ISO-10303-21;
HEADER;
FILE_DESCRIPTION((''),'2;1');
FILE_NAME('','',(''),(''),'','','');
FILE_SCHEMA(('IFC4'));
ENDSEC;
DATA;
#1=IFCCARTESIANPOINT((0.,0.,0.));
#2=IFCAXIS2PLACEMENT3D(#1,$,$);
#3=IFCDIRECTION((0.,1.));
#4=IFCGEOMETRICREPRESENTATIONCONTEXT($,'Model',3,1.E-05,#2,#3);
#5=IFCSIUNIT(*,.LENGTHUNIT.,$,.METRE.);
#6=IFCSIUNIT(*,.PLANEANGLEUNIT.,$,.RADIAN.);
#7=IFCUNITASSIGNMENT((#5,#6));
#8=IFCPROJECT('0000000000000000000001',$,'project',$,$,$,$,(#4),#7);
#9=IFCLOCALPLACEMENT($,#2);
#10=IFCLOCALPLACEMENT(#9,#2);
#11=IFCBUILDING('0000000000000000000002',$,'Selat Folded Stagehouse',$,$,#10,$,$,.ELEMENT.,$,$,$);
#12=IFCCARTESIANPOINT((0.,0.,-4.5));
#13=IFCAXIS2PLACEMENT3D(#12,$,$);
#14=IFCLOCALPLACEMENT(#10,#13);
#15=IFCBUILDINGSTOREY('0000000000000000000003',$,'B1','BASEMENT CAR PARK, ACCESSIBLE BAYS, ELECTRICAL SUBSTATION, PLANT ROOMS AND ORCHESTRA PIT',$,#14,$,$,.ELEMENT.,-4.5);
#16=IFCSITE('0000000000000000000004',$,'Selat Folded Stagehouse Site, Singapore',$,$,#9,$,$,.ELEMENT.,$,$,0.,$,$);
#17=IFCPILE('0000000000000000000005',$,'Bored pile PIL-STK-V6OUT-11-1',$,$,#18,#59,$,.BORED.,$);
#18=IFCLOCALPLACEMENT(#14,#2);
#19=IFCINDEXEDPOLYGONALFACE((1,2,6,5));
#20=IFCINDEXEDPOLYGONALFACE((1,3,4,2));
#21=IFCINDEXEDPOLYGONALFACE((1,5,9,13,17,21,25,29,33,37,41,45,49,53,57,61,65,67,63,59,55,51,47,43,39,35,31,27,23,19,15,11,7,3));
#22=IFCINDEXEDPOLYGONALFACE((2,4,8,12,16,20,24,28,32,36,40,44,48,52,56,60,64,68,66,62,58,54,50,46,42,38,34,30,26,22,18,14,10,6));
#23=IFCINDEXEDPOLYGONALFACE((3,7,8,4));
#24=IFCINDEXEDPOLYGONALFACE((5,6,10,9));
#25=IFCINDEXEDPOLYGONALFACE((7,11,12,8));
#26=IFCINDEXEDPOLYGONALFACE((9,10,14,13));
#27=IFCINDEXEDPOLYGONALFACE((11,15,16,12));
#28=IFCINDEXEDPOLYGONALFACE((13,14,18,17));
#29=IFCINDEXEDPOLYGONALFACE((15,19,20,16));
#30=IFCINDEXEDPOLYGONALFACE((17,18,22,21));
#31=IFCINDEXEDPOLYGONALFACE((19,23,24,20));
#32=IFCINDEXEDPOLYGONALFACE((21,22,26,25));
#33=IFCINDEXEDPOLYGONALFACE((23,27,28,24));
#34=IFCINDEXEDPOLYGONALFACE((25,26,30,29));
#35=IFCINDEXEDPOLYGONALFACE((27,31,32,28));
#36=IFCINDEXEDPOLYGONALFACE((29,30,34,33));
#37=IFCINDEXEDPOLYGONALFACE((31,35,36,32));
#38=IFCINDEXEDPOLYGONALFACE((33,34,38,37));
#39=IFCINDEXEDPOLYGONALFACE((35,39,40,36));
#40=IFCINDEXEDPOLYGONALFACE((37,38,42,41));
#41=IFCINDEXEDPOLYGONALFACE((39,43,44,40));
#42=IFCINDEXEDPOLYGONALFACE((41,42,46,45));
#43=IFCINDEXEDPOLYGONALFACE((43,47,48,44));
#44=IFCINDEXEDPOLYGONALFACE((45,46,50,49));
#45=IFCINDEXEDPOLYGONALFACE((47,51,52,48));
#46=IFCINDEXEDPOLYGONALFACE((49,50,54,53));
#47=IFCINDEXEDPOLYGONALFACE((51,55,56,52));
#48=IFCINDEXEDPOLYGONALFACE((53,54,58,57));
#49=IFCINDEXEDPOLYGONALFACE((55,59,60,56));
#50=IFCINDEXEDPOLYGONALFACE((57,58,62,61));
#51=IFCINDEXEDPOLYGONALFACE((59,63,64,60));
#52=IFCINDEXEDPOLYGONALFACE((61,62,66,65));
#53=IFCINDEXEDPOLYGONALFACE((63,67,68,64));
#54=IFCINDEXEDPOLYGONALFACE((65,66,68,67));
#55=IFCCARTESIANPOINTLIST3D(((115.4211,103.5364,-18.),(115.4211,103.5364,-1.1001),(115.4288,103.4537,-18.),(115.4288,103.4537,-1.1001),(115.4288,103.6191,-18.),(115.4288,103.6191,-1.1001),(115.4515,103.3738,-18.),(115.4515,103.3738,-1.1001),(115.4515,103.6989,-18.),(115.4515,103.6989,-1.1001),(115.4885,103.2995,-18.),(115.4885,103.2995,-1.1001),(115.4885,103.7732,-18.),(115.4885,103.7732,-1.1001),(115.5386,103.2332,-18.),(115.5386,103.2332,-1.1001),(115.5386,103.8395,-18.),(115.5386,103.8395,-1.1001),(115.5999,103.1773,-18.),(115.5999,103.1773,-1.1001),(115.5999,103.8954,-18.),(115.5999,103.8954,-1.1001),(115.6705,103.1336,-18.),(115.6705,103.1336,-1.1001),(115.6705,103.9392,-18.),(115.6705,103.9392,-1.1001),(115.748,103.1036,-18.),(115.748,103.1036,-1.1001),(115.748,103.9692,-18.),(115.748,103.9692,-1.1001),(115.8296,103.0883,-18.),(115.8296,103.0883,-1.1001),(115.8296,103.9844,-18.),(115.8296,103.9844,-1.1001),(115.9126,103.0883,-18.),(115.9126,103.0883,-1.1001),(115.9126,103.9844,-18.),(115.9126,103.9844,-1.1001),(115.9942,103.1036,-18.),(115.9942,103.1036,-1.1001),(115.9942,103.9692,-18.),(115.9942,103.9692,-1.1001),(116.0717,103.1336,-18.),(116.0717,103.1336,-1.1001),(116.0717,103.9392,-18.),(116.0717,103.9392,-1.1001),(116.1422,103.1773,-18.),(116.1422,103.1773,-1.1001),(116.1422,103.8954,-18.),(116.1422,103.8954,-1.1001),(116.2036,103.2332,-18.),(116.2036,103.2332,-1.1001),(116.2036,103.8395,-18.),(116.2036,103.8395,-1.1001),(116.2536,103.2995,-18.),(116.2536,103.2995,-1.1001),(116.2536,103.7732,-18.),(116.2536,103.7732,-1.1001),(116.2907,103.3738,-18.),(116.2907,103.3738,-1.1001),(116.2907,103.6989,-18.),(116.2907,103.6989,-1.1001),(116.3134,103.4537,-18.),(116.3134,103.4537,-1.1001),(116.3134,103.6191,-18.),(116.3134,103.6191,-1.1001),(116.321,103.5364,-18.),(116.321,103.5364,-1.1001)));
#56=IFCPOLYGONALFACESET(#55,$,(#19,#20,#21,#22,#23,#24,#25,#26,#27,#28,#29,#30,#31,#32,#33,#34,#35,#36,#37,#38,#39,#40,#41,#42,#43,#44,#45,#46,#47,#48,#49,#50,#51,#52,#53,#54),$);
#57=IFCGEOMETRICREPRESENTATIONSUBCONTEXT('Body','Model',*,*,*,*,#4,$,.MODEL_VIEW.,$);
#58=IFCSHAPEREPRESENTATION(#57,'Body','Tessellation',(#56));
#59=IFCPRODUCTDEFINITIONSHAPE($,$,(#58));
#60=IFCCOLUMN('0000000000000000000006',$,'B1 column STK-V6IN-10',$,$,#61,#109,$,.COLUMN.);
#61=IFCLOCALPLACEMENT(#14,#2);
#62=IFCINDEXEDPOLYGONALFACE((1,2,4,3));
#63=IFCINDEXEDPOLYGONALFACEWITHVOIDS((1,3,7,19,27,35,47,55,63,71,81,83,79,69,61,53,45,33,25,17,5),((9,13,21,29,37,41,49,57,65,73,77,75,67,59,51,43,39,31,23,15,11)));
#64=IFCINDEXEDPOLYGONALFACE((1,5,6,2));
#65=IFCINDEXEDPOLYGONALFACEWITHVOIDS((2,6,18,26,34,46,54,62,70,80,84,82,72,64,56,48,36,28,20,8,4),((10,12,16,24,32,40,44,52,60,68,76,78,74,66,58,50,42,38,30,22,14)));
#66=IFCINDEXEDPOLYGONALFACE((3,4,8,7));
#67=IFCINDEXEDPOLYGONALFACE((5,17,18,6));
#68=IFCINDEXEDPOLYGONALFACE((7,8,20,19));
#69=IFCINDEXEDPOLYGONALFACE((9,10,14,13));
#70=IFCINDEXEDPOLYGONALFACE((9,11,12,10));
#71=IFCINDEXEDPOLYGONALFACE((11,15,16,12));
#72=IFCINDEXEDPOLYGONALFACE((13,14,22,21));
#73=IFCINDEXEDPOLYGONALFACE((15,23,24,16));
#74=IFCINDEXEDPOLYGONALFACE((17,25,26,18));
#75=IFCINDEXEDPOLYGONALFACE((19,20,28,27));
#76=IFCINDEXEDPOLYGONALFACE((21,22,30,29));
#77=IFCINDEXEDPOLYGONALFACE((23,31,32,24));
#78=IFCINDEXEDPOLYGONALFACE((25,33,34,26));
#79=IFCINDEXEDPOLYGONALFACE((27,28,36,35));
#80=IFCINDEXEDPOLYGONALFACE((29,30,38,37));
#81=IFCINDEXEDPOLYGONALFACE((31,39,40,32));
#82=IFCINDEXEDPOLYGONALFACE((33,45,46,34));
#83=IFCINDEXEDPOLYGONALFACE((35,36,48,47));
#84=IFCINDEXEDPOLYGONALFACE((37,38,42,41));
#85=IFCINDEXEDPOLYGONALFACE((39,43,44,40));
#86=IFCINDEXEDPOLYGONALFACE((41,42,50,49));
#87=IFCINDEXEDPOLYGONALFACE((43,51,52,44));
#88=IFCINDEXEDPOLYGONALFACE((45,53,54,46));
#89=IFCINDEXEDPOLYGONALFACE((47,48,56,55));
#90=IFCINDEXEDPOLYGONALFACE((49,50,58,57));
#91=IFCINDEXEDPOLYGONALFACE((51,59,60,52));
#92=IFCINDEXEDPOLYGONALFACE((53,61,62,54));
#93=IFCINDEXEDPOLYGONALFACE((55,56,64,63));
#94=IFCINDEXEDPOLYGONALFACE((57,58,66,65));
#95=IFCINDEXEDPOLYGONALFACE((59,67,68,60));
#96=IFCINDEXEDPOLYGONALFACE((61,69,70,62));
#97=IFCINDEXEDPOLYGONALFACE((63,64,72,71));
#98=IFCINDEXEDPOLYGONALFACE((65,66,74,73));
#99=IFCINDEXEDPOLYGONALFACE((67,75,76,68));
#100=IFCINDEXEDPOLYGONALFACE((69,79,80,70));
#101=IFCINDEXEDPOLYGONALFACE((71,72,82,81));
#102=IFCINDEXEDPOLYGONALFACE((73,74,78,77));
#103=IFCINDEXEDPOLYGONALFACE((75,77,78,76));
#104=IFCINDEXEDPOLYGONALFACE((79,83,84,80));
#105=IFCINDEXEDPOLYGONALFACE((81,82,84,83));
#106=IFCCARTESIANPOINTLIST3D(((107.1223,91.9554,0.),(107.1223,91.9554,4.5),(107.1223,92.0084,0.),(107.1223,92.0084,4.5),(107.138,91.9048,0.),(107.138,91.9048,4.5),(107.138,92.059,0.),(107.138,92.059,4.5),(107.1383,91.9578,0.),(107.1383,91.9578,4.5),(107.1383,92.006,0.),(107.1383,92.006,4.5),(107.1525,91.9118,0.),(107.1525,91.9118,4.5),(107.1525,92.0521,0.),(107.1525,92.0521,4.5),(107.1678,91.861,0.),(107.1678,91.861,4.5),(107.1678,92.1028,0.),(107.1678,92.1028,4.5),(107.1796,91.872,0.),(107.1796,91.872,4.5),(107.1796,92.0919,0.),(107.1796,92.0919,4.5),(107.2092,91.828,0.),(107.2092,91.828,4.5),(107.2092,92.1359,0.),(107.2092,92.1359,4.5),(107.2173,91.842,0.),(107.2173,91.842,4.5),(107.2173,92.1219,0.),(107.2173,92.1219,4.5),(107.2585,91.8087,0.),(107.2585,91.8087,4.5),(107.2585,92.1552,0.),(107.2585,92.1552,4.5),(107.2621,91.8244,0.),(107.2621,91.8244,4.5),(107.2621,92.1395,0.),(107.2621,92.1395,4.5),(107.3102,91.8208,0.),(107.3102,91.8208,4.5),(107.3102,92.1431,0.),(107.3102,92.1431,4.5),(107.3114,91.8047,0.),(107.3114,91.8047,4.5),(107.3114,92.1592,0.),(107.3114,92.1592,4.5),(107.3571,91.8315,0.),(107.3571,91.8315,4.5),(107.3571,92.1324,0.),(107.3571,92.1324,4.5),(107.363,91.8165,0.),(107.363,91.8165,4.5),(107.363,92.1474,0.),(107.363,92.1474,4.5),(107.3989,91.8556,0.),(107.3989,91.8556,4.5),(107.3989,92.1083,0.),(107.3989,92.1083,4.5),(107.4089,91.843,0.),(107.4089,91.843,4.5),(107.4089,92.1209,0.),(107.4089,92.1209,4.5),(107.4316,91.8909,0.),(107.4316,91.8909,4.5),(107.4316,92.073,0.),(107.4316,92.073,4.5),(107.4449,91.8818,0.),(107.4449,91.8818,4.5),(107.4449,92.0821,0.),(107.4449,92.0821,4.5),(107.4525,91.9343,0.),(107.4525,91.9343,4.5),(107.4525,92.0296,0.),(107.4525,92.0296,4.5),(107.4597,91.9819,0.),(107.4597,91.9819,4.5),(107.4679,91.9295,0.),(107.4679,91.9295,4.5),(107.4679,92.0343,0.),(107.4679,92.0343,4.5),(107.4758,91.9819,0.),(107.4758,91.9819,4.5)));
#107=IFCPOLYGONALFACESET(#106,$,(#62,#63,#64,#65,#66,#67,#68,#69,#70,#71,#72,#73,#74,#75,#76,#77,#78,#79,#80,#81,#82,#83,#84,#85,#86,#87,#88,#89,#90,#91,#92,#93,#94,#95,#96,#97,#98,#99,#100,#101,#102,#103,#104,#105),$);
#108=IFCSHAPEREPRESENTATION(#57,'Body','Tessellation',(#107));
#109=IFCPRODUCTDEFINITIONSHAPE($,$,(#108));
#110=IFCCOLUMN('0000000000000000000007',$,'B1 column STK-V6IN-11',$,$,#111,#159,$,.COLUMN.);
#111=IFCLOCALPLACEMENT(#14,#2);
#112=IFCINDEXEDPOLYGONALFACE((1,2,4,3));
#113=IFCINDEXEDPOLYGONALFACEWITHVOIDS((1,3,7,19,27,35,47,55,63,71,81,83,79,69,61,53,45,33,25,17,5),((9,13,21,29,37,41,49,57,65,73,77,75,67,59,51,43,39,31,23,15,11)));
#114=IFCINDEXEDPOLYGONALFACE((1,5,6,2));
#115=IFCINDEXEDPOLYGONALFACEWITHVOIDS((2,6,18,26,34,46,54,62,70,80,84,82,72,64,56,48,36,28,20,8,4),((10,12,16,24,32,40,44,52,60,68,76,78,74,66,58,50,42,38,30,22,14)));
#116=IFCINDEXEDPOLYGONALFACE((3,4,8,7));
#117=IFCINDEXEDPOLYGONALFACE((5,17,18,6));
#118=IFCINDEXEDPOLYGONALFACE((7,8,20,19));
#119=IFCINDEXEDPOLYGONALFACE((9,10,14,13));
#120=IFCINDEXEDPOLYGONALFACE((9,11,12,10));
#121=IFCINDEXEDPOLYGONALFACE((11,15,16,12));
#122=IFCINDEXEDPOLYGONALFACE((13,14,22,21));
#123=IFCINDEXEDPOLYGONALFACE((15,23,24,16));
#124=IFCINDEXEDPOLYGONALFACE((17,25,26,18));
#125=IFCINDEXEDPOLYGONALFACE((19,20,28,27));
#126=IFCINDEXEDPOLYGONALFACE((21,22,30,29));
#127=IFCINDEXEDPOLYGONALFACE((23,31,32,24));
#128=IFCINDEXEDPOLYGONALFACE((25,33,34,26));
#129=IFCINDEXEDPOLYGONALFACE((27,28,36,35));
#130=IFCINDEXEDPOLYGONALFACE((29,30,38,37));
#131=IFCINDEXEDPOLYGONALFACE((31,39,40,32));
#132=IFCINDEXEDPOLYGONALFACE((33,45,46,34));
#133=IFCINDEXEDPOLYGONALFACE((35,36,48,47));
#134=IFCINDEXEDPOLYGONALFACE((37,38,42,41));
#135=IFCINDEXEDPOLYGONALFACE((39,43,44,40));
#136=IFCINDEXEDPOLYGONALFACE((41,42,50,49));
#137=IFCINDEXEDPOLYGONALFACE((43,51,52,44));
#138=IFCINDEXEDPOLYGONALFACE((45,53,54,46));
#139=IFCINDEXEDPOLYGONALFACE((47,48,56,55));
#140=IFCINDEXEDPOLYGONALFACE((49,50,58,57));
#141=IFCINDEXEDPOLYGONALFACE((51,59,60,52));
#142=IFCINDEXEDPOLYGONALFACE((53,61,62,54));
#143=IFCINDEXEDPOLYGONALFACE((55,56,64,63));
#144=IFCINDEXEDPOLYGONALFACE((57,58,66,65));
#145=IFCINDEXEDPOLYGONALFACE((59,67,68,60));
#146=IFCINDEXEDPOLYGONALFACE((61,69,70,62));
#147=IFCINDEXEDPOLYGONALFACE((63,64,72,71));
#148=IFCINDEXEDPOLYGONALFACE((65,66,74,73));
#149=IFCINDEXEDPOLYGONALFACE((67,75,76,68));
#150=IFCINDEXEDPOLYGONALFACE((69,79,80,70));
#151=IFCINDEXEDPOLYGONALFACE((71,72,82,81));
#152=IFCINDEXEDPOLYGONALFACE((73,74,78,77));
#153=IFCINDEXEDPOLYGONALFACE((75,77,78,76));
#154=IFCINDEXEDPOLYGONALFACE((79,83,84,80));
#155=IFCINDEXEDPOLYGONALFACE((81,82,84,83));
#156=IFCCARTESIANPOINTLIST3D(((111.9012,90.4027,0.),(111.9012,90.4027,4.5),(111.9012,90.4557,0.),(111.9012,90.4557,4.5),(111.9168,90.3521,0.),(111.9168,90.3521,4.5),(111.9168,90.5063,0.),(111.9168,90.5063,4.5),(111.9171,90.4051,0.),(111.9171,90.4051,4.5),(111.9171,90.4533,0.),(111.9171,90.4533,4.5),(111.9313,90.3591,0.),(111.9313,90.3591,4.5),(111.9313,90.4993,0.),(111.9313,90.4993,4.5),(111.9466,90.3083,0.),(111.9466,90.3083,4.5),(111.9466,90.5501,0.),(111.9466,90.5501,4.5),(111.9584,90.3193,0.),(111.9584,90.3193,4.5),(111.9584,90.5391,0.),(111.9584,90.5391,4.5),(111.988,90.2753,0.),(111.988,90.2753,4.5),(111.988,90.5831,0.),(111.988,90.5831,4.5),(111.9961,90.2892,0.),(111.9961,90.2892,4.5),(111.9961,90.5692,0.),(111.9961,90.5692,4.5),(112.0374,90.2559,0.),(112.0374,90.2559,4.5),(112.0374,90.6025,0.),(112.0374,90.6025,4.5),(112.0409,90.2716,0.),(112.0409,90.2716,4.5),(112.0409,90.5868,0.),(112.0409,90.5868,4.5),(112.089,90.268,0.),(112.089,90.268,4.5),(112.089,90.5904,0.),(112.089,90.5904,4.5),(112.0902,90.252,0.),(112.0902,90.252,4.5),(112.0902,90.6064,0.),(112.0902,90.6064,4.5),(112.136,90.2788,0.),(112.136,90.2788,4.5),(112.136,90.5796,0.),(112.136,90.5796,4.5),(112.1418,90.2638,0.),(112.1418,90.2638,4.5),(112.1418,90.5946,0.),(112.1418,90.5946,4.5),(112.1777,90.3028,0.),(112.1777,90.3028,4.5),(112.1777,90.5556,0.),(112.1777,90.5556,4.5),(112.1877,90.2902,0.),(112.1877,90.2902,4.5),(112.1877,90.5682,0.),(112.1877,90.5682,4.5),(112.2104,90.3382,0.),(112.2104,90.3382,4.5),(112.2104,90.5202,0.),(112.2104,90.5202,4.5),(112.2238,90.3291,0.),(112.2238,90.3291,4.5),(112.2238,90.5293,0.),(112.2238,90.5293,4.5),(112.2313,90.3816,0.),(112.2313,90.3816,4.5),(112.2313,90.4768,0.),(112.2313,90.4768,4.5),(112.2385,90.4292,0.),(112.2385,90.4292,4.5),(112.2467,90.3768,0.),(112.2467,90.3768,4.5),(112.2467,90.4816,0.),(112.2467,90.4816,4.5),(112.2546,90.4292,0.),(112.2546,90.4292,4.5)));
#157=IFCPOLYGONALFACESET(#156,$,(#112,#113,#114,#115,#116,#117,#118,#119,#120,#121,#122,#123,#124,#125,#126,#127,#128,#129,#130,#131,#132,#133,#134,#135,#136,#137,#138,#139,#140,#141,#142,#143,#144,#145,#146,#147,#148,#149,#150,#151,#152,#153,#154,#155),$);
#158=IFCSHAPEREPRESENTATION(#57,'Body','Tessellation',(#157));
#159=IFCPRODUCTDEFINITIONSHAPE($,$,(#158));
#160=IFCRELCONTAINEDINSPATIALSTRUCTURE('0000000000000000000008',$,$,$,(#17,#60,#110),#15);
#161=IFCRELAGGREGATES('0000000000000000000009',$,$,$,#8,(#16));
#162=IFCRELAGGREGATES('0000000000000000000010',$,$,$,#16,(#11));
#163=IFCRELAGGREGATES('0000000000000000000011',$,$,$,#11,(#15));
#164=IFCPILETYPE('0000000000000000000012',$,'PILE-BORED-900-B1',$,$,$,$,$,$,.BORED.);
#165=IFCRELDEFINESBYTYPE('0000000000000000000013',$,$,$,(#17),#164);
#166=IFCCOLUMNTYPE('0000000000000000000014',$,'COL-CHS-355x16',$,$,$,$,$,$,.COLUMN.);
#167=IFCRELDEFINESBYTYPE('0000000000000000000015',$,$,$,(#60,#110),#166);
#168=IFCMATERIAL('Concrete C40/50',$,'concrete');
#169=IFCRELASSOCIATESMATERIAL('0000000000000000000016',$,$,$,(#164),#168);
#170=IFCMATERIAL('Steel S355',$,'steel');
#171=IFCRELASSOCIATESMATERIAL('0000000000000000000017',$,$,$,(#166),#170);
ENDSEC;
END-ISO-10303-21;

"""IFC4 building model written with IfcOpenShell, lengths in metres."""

from ifc_helpers import new_model, si_unit, direction, frame, origin, origin_2d, place, context, subcontext, project, spatial, circle, hollow_circle, extrude, material, material_profile, profile_set, type_object, element, save


model = new_model("IFC4")

# Units and contexts
model_context = context("Model", 3, precision=1e-05, world=origin(), true_north=direction((0.0, 1.0)))
body_context = subcontext(model_context, "Body", "Model", "MODEL_VIEW")
ifc_project = project(units=[si_unit("LENGTHUNIT", "METRE"), si_unit("PLANEANGLEUNIT", "RADIAN")], contexts=[model_context])

# Site, building, storey
site_placement = place(None, origin())
site = spatial("IfcSite", under=ifc_project, at=site_placement, Name="Selat Folded Stagehouse Site, Singapore", CompositionType="ELEMENT", RefElevation=0.0)
building_placement = place(site_placement, origin())
building = spatial("IfcBuilding", under=site, at=building_placement, Name="Selat Folded Stagehouse", CompositionType="ELEMENT")
storey_placement = place(building_placement, frame((0.0, 0.0, -4.5)))
storey = spatial("IfcBuildingStorey", under=building, at=storey_placement, Name="B1", Description="BASEMENT CAR PARK, ACCESSIBLE BAYS, ELECTRICAL SUBSTATION, PLANT ROOMS AND ORCHESTRA PIT", CompositionType="ELEMENT", Elevation=-4.5)

# Shared definitions
ifc_material_1 = material(Name="Concrete C40/50", Category="concrete")

# Pile
ifc_material_profile_1 = material_profile(ifc_material_1, circle(Radius=0.45, at=origin_2d()), Name="PILE D900")
ifc_profile_set_1 = profile_set([ifc_material_profile_1], Name="Concrete C40/50")
pile_type = type_object("IfcPileType", Name="PILE-BORED-900-B1", PredefinedType="BORED", material=ifc_profile_set_1)
for number, where, z_axis, x_axis, name in (
    (1, (115.8711, 103.5364, -1.1001), (0.0, 0.0, -1.0), (1.0, 0.0, 0.0), "Bored pile PIL-STK-V6OUT-11-1"),
):
    element("IfcPile", number, at=place(storey_placement, frame(where, z_axis=z_axis, x_axis=x_axis)), inside=storey, type_object=pile_type, Name=name, PredefinedType="BORED", context=body_context, shape_type="SweptSolid", body=[
        extrude(circle(Radius=0.45, at=origin_2d()), origin(), (0.0, 0.0, 1.0), 16.8999),
    ])

# Columns
ifc_material_2 = material(Name="Steel S355", Category="steel")
ifc_material_profile_2 = material_profile(ifc_material_2, hollow_circle(Radius=0.1777, WallThickness=0.0161, at=origin_2d()), Name="CHS 355.6x16.0")
ifc_profile_set_2 = profile_set([ifc_material_profile_2], Name="Steel S355")
column_type_1 = type_object("IfcColumnType", Name="COL-CHS-355x16", PredefinedType="COLUMN", material=ifc_profile_set_2)
for number, where, z_axis, x_axis, name in (
    (2, (107.2981, 91.9819, 0.0), (0.0, 0.0, 1.0), (1.0, 0.0, 0.0), "B1 column STK-V6IN-10"),
    (3, (112.0769, 90.4292, 0.0), (0.0, 0.0, 1.0), (1.0, 0.0, 0.0), "B1 column STK-V6IN-11"),
):
    element("IfcColumn", number, at=place(storey_placement, frame(where, z_axis=z_axis, x_axis=x_axis)), inside=storey, type_object=column_type_1, Name=name, PredefinedType="COLUMN", context=body_context, shape_type="SweptSolid", body=[
        extrude(hollow_circle(Radius=0.1777, WallThickness=0.0161, at=origin_2d()), origin(), (0.0, 0.0, 1.0), 4.5),
    ])

save(model, "model.ifc")
